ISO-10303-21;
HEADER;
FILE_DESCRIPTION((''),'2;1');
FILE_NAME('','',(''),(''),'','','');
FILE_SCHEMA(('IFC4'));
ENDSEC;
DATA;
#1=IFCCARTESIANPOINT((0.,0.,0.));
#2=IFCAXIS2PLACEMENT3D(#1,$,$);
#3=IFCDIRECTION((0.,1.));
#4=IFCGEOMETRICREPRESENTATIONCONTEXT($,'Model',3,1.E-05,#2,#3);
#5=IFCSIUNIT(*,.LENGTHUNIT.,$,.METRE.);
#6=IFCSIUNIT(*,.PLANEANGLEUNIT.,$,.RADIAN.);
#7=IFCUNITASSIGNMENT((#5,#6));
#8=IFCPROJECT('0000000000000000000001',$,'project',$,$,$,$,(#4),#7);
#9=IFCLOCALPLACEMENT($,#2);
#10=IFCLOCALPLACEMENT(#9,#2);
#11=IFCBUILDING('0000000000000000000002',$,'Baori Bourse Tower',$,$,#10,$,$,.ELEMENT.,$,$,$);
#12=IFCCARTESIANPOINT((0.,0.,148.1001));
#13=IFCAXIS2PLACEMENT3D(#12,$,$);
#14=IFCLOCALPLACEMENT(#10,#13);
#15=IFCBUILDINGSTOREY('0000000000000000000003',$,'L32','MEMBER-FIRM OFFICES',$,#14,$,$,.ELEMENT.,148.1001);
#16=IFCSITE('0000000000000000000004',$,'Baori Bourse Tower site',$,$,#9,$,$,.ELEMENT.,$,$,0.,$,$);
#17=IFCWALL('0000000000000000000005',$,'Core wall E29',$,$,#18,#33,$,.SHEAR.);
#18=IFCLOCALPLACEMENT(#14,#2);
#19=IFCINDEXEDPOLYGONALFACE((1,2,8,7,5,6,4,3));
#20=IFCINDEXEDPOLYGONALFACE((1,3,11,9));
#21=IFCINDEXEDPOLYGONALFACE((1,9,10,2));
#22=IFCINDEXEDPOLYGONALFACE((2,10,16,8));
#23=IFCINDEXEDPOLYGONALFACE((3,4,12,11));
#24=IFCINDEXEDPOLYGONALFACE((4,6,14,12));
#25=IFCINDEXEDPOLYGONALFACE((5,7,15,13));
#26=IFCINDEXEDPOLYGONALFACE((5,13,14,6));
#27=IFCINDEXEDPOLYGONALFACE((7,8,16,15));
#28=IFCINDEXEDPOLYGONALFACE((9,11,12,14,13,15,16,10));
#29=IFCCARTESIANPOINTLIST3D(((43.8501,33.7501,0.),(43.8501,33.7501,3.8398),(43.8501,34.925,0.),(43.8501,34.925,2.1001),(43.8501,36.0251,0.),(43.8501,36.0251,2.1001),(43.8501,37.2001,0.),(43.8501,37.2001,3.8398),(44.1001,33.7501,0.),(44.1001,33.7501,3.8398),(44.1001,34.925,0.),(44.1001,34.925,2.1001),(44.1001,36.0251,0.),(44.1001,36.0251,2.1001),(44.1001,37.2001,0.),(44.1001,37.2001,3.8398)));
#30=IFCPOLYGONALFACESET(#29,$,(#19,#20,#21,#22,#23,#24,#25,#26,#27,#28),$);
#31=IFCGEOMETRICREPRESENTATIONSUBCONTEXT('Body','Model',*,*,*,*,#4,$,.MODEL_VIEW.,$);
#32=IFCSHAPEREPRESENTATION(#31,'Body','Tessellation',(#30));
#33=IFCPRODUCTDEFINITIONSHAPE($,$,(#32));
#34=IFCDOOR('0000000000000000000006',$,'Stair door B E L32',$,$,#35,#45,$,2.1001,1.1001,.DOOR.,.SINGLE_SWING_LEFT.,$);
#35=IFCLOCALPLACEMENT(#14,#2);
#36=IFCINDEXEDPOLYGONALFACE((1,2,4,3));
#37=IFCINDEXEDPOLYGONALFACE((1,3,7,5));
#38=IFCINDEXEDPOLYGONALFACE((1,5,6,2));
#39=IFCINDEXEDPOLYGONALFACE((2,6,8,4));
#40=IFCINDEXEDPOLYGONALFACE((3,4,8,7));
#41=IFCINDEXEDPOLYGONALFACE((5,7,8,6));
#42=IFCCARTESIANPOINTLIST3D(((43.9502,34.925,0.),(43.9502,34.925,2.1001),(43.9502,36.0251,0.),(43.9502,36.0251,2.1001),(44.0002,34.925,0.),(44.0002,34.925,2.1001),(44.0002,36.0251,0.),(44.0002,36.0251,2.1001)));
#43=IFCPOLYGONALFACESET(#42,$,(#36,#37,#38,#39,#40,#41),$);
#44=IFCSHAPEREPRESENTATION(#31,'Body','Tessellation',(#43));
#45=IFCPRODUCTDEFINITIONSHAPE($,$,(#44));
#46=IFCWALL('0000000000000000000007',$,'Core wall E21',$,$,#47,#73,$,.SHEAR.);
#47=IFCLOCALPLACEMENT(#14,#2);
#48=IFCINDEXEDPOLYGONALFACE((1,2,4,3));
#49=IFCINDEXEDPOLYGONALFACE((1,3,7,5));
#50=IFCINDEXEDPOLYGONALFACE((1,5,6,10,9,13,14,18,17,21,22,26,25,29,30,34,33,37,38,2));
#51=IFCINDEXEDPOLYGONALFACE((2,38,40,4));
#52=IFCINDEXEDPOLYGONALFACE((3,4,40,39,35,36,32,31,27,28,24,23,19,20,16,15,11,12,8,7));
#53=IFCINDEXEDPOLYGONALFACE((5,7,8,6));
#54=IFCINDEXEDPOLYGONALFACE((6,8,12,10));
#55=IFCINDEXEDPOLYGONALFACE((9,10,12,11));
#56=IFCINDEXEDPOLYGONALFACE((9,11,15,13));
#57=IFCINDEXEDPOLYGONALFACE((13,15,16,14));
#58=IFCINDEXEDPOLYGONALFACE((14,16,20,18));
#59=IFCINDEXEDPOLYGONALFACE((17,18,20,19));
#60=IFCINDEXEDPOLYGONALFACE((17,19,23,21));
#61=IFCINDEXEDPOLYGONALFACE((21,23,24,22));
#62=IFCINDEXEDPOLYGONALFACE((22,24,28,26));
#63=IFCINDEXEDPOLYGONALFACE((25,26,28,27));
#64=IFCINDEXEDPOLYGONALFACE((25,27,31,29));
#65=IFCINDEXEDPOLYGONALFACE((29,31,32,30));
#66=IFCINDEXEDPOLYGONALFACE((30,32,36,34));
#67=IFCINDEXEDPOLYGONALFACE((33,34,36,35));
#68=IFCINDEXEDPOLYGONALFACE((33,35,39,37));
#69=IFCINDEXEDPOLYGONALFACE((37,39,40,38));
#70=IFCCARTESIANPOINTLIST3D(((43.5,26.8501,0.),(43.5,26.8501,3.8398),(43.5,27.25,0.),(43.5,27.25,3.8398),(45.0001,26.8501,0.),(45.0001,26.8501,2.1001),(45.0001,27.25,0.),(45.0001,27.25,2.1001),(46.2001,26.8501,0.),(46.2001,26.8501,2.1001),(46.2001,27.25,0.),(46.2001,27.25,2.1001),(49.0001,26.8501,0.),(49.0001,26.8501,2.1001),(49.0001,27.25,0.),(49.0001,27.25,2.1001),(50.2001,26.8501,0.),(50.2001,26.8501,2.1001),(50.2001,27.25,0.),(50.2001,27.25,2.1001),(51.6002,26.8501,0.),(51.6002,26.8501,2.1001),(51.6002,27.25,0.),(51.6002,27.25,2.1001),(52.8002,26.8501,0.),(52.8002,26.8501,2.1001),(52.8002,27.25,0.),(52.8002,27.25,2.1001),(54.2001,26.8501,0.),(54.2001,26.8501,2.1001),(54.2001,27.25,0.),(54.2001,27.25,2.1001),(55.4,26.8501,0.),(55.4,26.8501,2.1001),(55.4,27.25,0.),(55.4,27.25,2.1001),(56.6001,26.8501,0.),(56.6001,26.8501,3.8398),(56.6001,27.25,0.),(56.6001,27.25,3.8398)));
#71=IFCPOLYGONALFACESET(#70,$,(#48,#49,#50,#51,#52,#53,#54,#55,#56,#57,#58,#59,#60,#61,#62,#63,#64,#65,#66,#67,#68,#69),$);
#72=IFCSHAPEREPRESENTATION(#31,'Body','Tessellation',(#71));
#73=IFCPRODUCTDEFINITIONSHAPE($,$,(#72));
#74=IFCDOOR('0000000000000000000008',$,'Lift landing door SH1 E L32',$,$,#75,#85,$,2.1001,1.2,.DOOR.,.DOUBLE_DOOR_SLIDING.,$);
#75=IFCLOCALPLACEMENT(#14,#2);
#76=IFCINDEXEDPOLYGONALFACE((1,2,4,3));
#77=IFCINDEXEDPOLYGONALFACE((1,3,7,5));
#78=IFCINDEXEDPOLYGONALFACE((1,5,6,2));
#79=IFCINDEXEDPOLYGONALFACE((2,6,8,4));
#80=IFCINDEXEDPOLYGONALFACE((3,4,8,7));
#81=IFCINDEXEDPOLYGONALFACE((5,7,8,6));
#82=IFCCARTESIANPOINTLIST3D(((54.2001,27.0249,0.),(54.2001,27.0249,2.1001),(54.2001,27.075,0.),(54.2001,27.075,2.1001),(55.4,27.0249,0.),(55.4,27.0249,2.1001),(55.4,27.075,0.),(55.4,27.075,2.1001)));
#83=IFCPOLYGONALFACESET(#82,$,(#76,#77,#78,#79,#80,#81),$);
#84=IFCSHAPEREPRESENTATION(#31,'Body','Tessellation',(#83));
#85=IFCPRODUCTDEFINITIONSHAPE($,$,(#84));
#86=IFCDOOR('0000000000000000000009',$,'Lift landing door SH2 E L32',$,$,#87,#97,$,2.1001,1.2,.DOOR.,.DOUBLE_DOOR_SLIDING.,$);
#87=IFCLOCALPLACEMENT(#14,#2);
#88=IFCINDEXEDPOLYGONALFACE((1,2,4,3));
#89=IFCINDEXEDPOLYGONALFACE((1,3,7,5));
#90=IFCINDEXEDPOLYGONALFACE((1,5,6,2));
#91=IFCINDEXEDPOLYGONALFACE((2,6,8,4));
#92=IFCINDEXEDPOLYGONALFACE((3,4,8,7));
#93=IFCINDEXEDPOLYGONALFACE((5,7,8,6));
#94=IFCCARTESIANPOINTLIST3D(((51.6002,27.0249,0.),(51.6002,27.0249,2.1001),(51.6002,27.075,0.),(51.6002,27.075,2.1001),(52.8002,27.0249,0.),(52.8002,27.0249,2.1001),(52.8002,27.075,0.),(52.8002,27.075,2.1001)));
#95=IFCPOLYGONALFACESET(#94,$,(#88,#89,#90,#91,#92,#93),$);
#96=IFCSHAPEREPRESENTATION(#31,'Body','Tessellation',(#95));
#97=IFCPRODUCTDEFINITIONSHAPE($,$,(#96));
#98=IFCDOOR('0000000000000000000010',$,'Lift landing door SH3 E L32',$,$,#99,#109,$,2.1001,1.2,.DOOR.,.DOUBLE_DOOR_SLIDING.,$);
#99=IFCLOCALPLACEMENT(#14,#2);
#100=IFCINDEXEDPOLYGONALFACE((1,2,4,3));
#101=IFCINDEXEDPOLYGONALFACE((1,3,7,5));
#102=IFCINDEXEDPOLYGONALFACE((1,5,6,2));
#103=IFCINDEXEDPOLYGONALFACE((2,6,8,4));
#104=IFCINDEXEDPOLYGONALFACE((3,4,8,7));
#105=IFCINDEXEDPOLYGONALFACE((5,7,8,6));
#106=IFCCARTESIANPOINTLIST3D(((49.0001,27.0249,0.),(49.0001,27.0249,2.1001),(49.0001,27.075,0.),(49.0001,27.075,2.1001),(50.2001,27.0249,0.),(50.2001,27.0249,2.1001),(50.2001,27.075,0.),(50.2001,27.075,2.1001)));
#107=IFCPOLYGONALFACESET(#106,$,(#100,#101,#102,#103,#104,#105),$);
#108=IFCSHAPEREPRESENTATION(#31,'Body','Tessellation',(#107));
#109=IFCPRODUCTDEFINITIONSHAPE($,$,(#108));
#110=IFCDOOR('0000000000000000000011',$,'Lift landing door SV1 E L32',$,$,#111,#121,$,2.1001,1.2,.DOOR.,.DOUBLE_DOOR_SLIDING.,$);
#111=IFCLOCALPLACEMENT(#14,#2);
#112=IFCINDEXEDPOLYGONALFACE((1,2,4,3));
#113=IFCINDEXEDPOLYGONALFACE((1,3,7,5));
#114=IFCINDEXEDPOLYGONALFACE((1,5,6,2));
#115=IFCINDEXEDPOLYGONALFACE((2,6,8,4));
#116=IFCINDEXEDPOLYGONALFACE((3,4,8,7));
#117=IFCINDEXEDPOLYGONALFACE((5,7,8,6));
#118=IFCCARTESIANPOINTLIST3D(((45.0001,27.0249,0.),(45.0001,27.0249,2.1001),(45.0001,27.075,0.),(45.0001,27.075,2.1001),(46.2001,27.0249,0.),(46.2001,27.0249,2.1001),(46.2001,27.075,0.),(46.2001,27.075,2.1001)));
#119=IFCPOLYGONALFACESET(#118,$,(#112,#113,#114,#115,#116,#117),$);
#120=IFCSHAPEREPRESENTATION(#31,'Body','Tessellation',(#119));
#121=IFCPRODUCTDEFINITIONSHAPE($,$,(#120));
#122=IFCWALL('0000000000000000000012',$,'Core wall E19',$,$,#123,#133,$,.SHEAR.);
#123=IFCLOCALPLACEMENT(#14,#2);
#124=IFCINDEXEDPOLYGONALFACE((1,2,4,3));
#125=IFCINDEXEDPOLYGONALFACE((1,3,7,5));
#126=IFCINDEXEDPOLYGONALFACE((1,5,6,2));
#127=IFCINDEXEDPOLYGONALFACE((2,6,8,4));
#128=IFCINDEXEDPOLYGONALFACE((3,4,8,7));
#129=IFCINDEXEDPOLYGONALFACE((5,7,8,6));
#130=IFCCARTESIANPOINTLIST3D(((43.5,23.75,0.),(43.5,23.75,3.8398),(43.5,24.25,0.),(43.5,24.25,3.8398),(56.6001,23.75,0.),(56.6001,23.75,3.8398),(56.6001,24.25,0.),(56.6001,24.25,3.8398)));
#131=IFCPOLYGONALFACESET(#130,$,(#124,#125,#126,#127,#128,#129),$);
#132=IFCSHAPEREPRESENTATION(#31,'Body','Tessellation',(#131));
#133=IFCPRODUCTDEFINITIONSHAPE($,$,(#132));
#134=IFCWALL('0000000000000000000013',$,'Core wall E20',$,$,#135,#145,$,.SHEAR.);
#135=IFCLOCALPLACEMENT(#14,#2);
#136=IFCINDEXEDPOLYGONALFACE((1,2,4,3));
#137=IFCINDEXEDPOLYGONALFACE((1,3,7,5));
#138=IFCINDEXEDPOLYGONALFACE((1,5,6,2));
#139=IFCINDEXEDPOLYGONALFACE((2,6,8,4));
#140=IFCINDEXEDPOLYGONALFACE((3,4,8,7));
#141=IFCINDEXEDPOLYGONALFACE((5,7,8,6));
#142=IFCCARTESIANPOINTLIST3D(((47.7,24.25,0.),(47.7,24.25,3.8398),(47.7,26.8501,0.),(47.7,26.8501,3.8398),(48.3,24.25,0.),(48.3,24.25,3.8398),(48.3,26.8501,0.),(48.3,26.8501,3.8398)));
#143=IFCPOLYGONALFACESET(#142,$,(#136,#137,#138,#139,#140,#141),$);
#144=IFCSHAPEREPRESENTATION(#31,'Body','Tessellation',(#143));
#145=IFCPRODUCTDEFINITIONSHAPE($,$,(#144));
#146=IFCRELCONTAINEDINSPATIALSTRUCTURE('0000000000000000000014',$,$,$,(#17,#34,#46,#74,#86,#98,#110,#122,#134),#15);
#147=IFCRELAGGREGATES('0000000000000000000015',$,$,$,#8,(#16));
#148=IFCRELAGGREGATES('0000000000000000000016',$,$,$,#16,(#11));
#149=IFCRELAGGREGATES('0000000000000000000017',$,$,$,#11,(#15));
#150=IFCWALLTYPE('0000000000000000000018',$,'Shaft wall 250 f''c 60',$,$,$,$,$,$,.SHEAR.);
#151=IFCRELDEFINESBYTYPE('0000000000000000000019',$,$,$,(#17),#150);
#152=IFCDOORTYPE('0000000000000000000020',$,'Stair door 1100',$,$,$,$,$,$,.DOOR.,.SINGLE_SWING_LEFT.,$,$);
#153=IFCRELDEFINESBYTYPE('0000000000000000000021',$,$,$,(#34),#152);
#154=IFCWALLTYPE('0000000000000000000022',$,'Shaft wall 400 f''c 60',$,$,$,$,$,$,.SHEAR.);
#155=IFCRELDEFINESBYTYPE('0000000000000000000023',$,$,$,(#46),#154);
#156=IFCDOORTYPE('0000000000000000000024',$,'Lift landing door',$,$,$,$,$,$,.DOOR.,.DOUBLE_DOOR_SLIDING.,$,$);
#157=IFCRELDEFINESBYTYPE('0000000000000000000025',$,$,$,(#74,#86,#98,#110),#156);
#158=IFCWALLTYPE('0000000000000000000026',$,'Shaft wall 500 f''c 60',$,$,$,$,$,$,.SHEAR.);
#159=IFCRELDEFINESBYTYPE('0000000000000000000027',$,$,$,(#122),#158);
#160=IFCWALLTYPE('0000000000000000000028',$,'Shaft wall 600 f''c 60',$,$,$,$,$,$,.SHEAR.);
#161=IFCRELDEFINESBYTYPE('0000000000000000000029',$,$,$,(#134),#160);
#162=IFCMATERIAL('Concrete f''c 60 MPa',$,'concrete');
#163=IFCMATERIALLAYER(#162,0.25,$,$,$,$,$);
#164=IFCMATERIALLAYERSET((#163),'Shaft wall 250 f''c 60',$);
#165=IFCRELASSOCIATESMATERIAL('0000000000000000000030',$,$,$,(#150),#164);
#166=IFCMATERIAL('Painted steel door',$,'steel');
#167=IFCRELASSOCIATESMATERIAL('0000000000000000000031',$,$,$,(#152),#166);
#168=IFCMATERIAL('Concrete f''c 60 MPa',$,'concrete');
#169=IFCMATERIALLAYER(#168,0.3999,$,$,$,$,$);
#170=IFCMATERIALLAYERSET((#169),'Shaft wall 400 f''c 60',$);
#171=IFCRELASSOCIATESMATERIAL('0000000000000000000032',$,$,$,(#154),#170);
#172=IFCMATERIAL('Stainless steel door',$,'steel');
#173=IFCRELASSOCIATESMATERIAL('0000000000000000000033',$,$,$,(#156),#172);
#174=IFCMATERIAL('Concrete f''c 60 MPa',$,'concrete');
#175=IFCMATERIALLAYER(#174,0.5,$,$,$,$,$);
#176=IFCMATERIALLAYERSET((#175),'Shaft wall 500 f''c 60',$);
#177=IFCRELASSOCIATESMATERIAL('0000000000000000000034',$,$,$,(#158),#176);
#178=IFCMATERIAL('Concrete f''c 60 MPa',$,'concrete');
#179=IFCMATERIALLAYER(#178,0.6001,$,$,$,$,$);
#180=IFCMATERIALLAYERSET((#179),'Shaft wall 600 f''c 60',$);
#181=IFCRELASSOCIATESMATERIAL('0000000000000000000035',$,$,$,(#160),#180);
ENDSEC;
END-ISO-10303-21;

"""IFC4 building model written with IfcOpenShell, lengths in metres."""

from ifc_helpers import new_model, si_unit, direction, frame, frame_2d, origin, place, context, subcontext, project, spatial, rectangle, extrude, material, layer, layer_set, type_object, element, fill, save


model = new_model("IFC4")

# Units and contexts
model_context = context("Model", 3, precision=1e-05, world=origin(), true_north=direction((0.0, 1.0)))
body_context = subcontext(model_context, "Body", "Model", "MODEL_VIEW")
ifc_project = project(units=[si_unit("LENGTHUNIT", "METRE"), si_unit("PLANEANGLEUNIT", "RADIAN")], contexts=[model_context])

# Site, building, storey
site_placement = place(None, origin())
site = spatial("IfcSite", under=ifc_project, at=site_placement, Name="Baori Bourse Tower site", CompositionType="ELEMENT", RefElevation=0.0)
building_placement = place(site_placement, origin())
building = spatial("IfcBuilding", under=site, at=building_placement, Name="Baori Bourse Tower", CompositionType="ELEMENT")
storey_placement = place(building_placement, frame((0.0, 0.0, 148.1001)))
storey = spatial("IfcBuildingStorey", under=building, at=storey_placement, Name="L32", Description="MEMBER-FIRM OFFICES", CompositionType="ELEMENT", Elevation=148.1001)

# Wall, opening, door
ifc_material_1 = material(Name="Concrete f'c 60 MPa", Category="concrete")
ifc_layer_1 = layer(ifc_material_1, 0.25)
ifc_layer_set_1 = layer_set([ifc_layer_1], Name="Shaft wall 250 f'c 60")
wall_type_1 = type_object("IfcWallType", Name="Shaft wall 250 f'c 60", PredefinedType="SHEAR", material=ifc_layer_set_1)
wall_1_placement = place(storey_placement, frame((43.9751, 33.75, 0.0), z_axis=(0.0, 0.0, 1.0), x_axis=(0.0, 1.0, 0.0)))
wall_1 = element("IfcWall", 1, at=wall_1_placement, inside=storey, type_object=wall_type_1, Name="Core wall E29", PredefinedType="SHEAR", context=body_context, shape_type="SweptSolid", body=[
    extrude(rectangle(XDim=3.45, YDim=0.25, at=frame_2d((1.7251, 0.0))), origin(), (0.0, 0.0, 1.0), 3.8398),
])
opening_1_placement = place(wall_1_placement, frame((1.175, 0.0, 0.0)))
opening_1 = element("IfcOpeningElement", 2, at=opening_1_placement, cuts=wall_1, PredefinedType="OPENING", context=body_context, shape_type="SweptSolid", body=[
    extrude(rectangle(XDim=1.1001, YDim=2.1001, at=frame_2d((0.55, 1.05))), frame((0.0, 0.135, 0.0), z_axis=(0.0, -1.0, 0.0), x_axis=(1.0, 0.0, 0.0)), (0.0, 0.0, 1.0), 0.27),
])
ifc_material_2 = material(Name="Painted steel door", Category="steel")
door_type_1 = type_object("IfcDoorType", Name="Stair door 1100", OperationType="SINGLE_SWING_LEFT", PredefinedType="DOOR", material=ifc_material_2)
door_1_placement = place(opening_1_placement, origin())
door_1 = element("IfcDoor", 3, at=door_1_placement, inside=storey, type_object=door_type_1, Name="Stair door B E L32", OperationType="SINGLE_SWING_LEFT", OverallHeight=2.1001, OverallWidth=1.1001, PredefinedType="DOOR", context=body_context, shape_type="SweptSolid", body=[
    extrude(rectangle(XDim=1.1001, YDim=2.1001, at=frame_2d((0.55, 1.05))), frame((0.0, 0.0249, 0.0), z_axis=(0.0, -1.0, 0.0), x_axis=(1.0, 0.0, 0.0)), (0.0, 0.0, 1.0), 0.05),
])
fill(opening_1, door_1)

# Wall, openings, doors
ifc_material_3 = material(Name="Concrete f'c 60 MPa", Category="concrete")
ifc_layer_2 = layer(ifc_material_3, 0.3999)
ifc_layer_set_2 = layer_set([ifc_layer_2], Name="Shaft wall 400 f'c 60")
wall_type_2 = type_object("IfcWallType", Name="Shaft wall 400 f'c 60", PredefinedType="SHEAR", material=ifc_layer_set_2)
wall_2_placement = place(storey_placement, frame((43.5, 27.05, 0.0), z_axis=(0.0, 0.0, 1.0), x_axis=(1.0, 0.0, 0.0)))
wall_2 = element("IfcWall", 4, at=wall_2_placement, inside=storey, type_object=wall_type_2, Name="Core wall E21", PredefinedType="SHEAR", context=body_context, shape_type="SweptSolid", body=[
    extrude(rectangle(XDim=13.1001, YDim=0.3999, at=frame_2d((6.55, 0.0))), origin(), (0.0, 0.0, 1.0), 3.8398),
])
opening_2_placement = place(wall_2_placement, frame((10.7, 0.0, 0.0)))
opening_2 = element("IfcOpeningElement", 5, at=opening_2_placement, cuts=wall_2, PredefinedType="OPENING", context=body_context, shape_type="SweptSolid", body=[
    extrude(rectangle(XDim=1.2, YDim=2.1001, at=frame_2d((0.6001, 1.05))), frame((0.0, 0.21, 0.0), z_axis=(0.0, -1.0, 0.0), x_axis=(1.0, 0.0, 0.0)), (0.0, 0.0, 1.0), 0.4199),
])
opening_3_placement = place(wall_2_placement, frame((8.1001, 0.0, 0.0)))
opening_3 = element("IfcOpeningElement", 6, at=opening_3_placement, cuts=wall_2, PredefinedType="OPENING", context=body_context, shape_type="SweptSolid", body=[
    extrude(rectangle(XDim=1.2, YDim=2.1001, at=frame_2d((0.6001, 1.05))), frame((0.0, 0.21, 0.0), z_axis=(0.0, -1.0, 0.0), x_axis=(1.0, 0.0, 0.0)), (0.0, 0.0, 1.0), 0.4199),
])
opening_4_placement = place(wall_2_placement, frame((5.5, 0.0, 0.0)))
opening_4 = element("IfcOpeningElement", 7, at=opening_4_placement, cuts=wall_2, PredefinedType="OPENING", context=body_context, shape_type="SweptSolid", body=[
    extrude(rectangle(XDim=1.2, YDim=2.1001, at=frame_2d((0.6001, 1.05))), frame((0.0, 0.21, 0.0), z_axis=(0.0, -1.0, 0.0), x_axis=(1.0, 0.0, 0.0)), (0.0, 0.0, 1.0), 0.4199),
])
opening_5_placement = place(wall_2_placement, frame((1.5, 0.0, 0.0)))
opening_5 = element("IfcOpeningElement", 8, at=opening_5_placement, cuts=wall_2, PredefinedType="OPENING", context=body_context, shape_type="SweptSolid", body=[
    extrude(rectangle(XDim=1.2, YDim=2.1001, at=frame_2d((0.6001, 1.05))), frame((0.0, 0.21, 0.0), z_axis=(0.0, -1.0, 0.0), x_axis=(1.0, 0.0, 0.0)), (0.0, 0.0, 1.0), 0.4199),
])
ifc_material_4 = material(Name="Stainless steel door", Category="steel")
door_type_2 = type_object("IfcDoorType", Name="Lift landing door", OperationType="DOUBLE_DOOR_SLIDING", PredefinedType="DOOR", material=ifc_material_4)
door_2_placement = place(opening_2_placement, origin())
door_2 = element("IfcDoor", 9, at=door_2_placement, inside=storey, type_object=door_type_2, Name="Lift landing door SH1 E L32", OperationType="DOUBLE_DOOR_SLIDING", OverallHeight=2.1001, OverallWidth=1.2, PredefinedType="DOOR", context=body_context, shape_type="SweptSolid", body=[
    extrude(rectangle(XDim=1.2, YDim=2.1001, at=frame_2d((0.6001, 1.05))), frame((0.0, 0.0249, 0.0), z_axis=(0.0, -1.0, 0.0), x_axis=(1.0, 0.0, 0.0)), (0.0, 0.0, 1.0), 0.05),
])
fill(opening_2, door_2)
door_3_placement = place(opening_3_placement, origin())
door_3 = element("IfcDoor", 10, at=door_3_placement, inside=storey, type_object=door_type_2, Name="Lift landing door SH2 E L32", OperationType="DOUBLE_DOOR_SLIDING", OverallHeight=2.1001, OverallWidth=1.2, PredefinedType="DOOR", context=body_context, shape_type="SweptSolid", body=[
    extrude(rectangle(XDim=1.2, YDim=2.1001, at=frame_2d((0.6001, 1.05))), frame((0.0, 0.0249, 0.0), z_axis=(0.0, -1.0, 0.0), x_axis=(1.0, 0.0, 0.0)), (0.0, 0.0, 1.0), 0.05),
])
fill(opening_3, door_3)
door_4_placement = place(opening_4_placement, origin())
door_4 = element("IfcDoor", 11, at=door_4_placement, inside=storey, type_object=door_type_2, Name="Lift landing door SH3 E L32", OperationType="DOUBLE_DOOR_SLIDING", OverallHeight=2.1001, OverallWidth=1.2, PredefinedType="DOOR", context=body_context, shape_type="SweptSolid", body=[
    extrude(rectangle(XDim=1.2, YDim=2.1001, at=frame_2d((0.6001, 1.05))), frame((0.0, 0.0249, 0.0), z_axis=(0.0, -1.0, 0.0), x_axis=(1.0, 0.0, 0.0)), (0.0, 0.0, 1.0), 0.05),
])
fill(opening_4, door_4)
door_5_placement = place(opening_5_placement, origin())
door_5 = element("IfcDoor", 12, at=door_5_placement, inside=storey, type_object=door_type_2, Name="Lift landing door SV1 E L32", OperationType="DOUBLE_DOOR_SLIDING", OverallHeight=2.1001, OverallWidth=1.2, PredefinedType="DOOR", context=body_context, shape_type="SweptSolid", body=[
    extrude(rectangle(XDim=1.2, YDim=2.1001, at=frame_2d((0.6001, 1.05))), frame((0.0, 0.0249, 0.0), z_axis=(0.0, -1.0, 0.0), x_axis=(1.0, 0.0, 0.0)), (0.0, 0.0, 1.0), 0.05),
])
fill(opening_5, door_5)

# Walls
ifc_material_5 = material(Name="Concrete f'c 60 MPa", Category="concrete")
ifc_layer_3 = layer(ifc_material_5, 0.5)
ifc_layer_set_3 = layer_set([ifc_layer_3], Name="Shaft wall 500 f'c 60")
wall_type_3 = type_object("IfcWallType", Name="Shaft wall 500 f'c 60", PredefinedType="SHEAR", material=ifc_layer_set_3)
wall_3_placement = place(storey_placement, frame((43.5, 24.0, 0.0), z_axis=(0.0, 0.0, 1.0), x_axis=(1.0, 0.0, 0.0)))
element("IfcWall", 13, at=wall_3_placement, inside=storey, type_object=wall_type_3, Name="Core wall E19", PredefinedType="SHEAR", context=body_context, shape_type="SweptSolid", body=[
    extrude(rectangle(XDim=13.1001, YDim=0.5, at=frame_2d((6.55, 0.0))), origin(), (0.0, 0.0, 1.0), 3.8398),
])
ifc_material_6 = material(Name="Concrete f'c 60 MPa", Category="concrete")
ifc_layer_4 = layer(ifc_material_6, 0.6001)
ifc_layer_set_4 = layer_set([ifc_layer_4], Name="Shaft wall 600 f'c 60")
wall_type_4 = type_object("IfcWallType", Name="Shaft wall 600 f'c 60", PredefinedType="SHEAR", material=ifc_layer_set_4)
wall_4_placement = place(storey_placement, frame((48.0, 24.25, 0.0), z_axis=(0.0, 0.0, 1.0), x_axis=(0.0, 1.0, 0.0)))
element("IfcWall", 14, at=wall_4_placement, inside=storey, type_object=wall_type_4, Name="Core wall E20", PredefinedType="SHEAR", context=body_context, shape_type="SweptSolid", body=[
    extrude(rectangle(XDim=2.6001, YDim=0.6001, at=frame_2d((1.3, 0.0))), origin(), (0.0, 0.0, 1.0), 3.8398),
])

save(model, "model.ifc")
